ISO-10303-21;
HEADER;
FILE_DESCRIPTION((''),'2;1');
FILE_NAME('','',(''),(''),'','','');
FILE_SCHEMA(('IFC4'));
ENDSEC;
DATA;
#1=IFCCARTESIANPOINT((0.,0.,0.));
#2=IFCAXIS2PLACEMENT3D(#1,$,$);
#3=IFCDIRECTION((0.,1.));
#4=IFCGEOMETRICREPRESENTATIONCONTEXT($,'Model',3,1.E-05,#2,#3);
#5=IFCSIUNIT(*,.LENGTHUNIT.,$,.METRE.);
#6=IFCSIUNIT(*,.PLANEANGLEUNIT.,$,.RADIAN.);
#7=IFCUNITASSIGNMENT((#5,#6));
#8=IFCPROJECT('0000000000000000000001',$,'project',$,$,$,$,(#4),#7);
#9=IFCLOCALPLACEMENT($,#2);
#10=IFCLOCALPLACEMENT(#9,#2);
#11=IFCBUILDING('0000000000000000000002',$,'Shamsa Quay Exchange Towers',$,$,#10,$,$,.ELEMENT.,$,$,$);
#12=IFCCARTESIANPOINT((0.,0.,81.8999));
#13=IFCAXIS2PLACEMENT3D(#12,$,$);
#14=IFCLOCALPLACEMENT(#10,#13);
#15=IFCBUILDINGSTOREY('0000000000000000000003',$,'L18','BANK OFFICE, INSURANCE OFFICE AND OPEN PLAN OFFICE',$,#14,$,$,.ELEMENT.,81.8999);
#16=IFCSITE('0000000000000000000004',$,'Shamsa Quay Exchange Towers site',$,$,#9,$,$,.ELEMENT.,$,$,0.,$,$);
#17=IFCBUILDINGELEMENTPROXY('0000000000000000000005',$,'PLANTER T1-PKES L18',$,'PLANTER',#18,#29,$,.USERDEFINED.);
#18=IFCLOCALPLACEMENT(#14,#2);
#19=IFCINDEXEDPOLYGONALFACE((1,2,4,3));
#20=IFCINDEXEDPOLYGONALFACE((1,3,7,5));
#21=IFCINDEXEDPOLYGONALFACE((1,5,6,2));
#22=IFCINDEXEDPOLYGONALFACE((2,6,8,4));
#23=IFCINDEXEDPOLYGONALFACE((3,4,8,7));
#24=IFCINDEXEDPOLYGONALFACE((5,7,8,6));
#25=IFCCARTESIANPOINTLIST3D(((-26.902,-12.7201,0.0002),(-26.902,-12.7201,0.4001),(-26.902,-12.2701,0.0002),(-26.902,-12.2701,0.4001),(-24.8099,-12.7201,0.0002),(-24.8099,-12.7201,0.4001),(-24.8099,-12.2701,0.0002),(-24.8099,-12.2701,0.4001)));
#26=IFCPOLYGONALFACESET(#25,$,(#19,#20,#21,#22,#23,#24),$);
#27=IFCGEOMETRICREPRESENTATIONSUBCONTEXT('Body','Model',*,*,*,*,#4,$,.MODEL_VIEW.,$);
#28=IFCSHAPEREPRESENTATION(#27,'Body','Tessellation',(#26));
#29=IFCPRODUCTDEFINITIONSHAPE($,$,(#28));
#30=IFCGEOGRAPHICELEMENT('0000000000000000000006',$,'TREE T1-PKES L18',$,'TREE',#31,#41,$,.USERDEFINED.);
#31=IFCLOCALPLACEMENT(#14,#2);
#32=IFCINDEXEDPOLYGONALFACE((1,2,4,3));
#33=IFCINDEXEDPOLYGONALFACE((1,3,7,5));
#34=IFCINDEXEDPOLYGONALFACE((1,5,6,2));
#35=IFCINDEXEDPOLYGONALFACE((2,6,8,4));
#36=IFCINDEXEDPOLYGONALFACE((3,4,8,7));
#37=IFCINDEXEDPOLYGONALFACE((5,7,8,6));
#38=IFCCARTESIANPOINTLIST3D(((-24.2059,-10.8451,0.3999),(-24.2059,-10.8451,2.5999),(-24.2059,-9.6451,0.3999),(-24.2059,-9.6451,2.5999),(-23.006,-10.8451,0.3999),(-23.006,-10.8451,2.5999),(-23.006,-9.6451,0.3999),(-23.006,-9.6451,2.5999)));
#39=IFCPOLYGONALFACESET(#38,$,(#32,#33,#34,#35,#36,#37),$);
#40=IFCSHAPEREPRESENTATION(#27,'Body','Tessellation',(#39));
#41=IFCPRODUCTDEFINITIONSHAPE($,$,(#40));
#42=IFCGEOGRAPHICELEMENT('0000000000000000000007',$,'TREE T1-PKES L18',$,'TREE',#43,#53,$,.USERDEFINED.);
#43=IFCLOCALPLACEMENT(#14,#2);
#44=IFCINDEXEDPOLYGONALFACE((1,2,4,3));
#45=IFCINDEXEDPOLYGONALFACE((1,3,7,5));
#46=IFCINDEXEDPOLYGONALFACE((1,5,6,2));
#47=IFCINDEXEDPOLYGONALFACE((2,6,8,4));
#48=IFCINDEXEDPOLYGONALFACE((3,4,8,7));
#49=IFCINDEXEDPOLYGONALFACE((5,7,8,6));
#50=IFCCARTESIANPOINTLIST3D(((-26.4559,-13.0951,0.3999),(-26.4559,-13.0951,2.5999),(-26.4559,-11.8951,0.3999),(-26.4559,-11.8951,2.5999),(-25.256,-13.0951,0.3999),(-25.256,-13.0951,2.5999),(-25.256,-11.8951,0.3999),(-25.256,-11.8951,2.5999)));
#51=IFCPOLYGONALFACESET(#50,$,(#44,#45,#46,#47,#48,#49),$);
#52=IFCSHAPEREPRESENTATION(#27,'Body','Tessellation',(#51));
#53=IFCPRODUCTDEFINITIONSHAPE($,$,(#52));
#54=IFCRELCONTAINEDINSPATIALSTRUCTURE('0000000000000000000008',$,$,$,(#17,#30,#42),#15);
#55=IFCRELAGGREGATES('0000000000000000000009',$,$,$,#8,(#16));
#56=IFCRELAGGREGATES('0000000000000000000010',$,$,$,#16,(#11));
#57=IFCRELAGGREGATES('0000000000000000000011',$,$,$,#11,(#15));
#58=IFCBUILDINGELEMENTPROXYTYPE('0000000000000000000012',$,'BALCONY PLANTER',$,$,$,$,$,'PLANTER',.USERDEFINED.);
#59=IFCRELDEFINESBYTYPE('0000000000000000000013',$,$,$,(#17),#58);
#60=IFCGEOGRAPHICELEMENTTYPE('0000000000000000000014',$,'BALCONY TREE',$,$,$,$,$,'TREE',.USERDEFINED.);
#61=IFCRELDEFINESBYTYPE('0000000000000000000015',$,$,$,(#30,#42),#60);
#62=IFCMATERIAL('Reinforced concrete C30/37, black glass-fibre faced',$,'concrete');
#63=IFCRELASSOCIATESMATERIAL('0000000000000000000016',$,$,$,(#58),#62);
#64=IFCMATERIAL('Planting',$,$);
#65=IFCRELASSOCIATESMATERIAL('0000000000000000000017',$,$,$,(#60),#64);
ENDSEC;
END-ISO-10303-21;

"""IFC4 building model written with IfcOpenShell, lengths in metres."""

from ifc_helpers import new_model, si_unit, direction, frame, origin, origin_2d, place, context, subcontext, project, spatial, rectangle, extrude, material, type_object, element, save


model = new_model("IFC4")

# Units and contexts
model_context = context("Model", 3, precision=1e-05, world=origin(), true_north=direction((0.0, 1.0)))
body_context = subcontext(model_context, "Body", "Model", "MODEL_VIEW")
ifc_project = project(units=[si_unit("LENGTHUNIT", "METRE"), si_unit("PLANEANGLEUNIT", "RADIAN")], contexts=[model_context])

# Site, building, storey
site_placement = place(None, origin())
site = spatial("IfcSite", under=ifc_project, at=site_placement, Name="Shamsa Quay Exchange Towers site", CompositionType="ELEMENT", RefElevation=0.0)
building_placement = place(site_placement, origin())
building = spatial("IfcBuilding", under=site, at=building_placement, Name="Shamsa Quay Exchange Towers", CompositionType="ELEMENT")
storey_placement = place(building_placement, frame((0.0, 0.0, 81.8999)))
storey = spatial("IfcBuildingStorey", under=building, at=storey_placement, Name="L18", Description="BANK OFFICE, INSURANCE OFFICE AND OPEN PLAN OFFICE", CompositionType="ELEMENT", Elevation=81.8999)

# Building element proxy
ifc_material_1 = material(Name="Reinforced concrete C30/37, black glass-fibre faced", Category="concrete")
building_element_proxy_type = type_object("IfcBuildingElementProxyType", Name="BALCONY PLANTER", ElementType="PLANTER", PredefinedType="USERDEFINED", material=ifc_material_1)
for number, where, name in (
    (1, (-25.856, -12.4951, 0.0002), "PLANTER T1-PKES L18"),
):
    element("IfcBuildingElementProxy", number, at=place(storey_placement, frame(where)), inside=storey, type_object=building_element_proxy_type, Name=name, ObjectType="PLANTER", PredefinedType="USERDEFINED", context=body_context, shape_type="SweptSolid", body=[
        extrude(rectangle(XDim=2.092, YDim=0.45, at=origin_2d()), origin(), (0.0, 0.0, 1.0), 0.3999),
    ])

# Geographic elements
ifc_material_2 = material(Name="Planting")
geographic_element_type = type_object("IfcGeographicElementType", Name="BALCONY TREE", ElementType="TREE", PredefinedType="USERDEFINED", material=ifc_material_2)
for number, where, name in (
    (2, (-23.606, -10.2451, 0.3999), "TREE T1-PKES L18"),
    (3, (-25.856, -12.4951, 0.3999), "TREE T1-PKES L18"),
):
    element("IfcGeographicElement", number, at=place(storey_placement, frame(where)), inside=storey, type_object=geographic_element_type, Name=name, ObjectType="TREE", PredefinedType="USERDEFINED", context=body_context, shape_type="SweptSolid", body=[
        extrude(rectangle(XDim=1.2, YDim=1.2, at=origin_2d()), origin(), (0.0, 0.0, 1.0), 2.2),
    ])

save(model, "model.ifc")
